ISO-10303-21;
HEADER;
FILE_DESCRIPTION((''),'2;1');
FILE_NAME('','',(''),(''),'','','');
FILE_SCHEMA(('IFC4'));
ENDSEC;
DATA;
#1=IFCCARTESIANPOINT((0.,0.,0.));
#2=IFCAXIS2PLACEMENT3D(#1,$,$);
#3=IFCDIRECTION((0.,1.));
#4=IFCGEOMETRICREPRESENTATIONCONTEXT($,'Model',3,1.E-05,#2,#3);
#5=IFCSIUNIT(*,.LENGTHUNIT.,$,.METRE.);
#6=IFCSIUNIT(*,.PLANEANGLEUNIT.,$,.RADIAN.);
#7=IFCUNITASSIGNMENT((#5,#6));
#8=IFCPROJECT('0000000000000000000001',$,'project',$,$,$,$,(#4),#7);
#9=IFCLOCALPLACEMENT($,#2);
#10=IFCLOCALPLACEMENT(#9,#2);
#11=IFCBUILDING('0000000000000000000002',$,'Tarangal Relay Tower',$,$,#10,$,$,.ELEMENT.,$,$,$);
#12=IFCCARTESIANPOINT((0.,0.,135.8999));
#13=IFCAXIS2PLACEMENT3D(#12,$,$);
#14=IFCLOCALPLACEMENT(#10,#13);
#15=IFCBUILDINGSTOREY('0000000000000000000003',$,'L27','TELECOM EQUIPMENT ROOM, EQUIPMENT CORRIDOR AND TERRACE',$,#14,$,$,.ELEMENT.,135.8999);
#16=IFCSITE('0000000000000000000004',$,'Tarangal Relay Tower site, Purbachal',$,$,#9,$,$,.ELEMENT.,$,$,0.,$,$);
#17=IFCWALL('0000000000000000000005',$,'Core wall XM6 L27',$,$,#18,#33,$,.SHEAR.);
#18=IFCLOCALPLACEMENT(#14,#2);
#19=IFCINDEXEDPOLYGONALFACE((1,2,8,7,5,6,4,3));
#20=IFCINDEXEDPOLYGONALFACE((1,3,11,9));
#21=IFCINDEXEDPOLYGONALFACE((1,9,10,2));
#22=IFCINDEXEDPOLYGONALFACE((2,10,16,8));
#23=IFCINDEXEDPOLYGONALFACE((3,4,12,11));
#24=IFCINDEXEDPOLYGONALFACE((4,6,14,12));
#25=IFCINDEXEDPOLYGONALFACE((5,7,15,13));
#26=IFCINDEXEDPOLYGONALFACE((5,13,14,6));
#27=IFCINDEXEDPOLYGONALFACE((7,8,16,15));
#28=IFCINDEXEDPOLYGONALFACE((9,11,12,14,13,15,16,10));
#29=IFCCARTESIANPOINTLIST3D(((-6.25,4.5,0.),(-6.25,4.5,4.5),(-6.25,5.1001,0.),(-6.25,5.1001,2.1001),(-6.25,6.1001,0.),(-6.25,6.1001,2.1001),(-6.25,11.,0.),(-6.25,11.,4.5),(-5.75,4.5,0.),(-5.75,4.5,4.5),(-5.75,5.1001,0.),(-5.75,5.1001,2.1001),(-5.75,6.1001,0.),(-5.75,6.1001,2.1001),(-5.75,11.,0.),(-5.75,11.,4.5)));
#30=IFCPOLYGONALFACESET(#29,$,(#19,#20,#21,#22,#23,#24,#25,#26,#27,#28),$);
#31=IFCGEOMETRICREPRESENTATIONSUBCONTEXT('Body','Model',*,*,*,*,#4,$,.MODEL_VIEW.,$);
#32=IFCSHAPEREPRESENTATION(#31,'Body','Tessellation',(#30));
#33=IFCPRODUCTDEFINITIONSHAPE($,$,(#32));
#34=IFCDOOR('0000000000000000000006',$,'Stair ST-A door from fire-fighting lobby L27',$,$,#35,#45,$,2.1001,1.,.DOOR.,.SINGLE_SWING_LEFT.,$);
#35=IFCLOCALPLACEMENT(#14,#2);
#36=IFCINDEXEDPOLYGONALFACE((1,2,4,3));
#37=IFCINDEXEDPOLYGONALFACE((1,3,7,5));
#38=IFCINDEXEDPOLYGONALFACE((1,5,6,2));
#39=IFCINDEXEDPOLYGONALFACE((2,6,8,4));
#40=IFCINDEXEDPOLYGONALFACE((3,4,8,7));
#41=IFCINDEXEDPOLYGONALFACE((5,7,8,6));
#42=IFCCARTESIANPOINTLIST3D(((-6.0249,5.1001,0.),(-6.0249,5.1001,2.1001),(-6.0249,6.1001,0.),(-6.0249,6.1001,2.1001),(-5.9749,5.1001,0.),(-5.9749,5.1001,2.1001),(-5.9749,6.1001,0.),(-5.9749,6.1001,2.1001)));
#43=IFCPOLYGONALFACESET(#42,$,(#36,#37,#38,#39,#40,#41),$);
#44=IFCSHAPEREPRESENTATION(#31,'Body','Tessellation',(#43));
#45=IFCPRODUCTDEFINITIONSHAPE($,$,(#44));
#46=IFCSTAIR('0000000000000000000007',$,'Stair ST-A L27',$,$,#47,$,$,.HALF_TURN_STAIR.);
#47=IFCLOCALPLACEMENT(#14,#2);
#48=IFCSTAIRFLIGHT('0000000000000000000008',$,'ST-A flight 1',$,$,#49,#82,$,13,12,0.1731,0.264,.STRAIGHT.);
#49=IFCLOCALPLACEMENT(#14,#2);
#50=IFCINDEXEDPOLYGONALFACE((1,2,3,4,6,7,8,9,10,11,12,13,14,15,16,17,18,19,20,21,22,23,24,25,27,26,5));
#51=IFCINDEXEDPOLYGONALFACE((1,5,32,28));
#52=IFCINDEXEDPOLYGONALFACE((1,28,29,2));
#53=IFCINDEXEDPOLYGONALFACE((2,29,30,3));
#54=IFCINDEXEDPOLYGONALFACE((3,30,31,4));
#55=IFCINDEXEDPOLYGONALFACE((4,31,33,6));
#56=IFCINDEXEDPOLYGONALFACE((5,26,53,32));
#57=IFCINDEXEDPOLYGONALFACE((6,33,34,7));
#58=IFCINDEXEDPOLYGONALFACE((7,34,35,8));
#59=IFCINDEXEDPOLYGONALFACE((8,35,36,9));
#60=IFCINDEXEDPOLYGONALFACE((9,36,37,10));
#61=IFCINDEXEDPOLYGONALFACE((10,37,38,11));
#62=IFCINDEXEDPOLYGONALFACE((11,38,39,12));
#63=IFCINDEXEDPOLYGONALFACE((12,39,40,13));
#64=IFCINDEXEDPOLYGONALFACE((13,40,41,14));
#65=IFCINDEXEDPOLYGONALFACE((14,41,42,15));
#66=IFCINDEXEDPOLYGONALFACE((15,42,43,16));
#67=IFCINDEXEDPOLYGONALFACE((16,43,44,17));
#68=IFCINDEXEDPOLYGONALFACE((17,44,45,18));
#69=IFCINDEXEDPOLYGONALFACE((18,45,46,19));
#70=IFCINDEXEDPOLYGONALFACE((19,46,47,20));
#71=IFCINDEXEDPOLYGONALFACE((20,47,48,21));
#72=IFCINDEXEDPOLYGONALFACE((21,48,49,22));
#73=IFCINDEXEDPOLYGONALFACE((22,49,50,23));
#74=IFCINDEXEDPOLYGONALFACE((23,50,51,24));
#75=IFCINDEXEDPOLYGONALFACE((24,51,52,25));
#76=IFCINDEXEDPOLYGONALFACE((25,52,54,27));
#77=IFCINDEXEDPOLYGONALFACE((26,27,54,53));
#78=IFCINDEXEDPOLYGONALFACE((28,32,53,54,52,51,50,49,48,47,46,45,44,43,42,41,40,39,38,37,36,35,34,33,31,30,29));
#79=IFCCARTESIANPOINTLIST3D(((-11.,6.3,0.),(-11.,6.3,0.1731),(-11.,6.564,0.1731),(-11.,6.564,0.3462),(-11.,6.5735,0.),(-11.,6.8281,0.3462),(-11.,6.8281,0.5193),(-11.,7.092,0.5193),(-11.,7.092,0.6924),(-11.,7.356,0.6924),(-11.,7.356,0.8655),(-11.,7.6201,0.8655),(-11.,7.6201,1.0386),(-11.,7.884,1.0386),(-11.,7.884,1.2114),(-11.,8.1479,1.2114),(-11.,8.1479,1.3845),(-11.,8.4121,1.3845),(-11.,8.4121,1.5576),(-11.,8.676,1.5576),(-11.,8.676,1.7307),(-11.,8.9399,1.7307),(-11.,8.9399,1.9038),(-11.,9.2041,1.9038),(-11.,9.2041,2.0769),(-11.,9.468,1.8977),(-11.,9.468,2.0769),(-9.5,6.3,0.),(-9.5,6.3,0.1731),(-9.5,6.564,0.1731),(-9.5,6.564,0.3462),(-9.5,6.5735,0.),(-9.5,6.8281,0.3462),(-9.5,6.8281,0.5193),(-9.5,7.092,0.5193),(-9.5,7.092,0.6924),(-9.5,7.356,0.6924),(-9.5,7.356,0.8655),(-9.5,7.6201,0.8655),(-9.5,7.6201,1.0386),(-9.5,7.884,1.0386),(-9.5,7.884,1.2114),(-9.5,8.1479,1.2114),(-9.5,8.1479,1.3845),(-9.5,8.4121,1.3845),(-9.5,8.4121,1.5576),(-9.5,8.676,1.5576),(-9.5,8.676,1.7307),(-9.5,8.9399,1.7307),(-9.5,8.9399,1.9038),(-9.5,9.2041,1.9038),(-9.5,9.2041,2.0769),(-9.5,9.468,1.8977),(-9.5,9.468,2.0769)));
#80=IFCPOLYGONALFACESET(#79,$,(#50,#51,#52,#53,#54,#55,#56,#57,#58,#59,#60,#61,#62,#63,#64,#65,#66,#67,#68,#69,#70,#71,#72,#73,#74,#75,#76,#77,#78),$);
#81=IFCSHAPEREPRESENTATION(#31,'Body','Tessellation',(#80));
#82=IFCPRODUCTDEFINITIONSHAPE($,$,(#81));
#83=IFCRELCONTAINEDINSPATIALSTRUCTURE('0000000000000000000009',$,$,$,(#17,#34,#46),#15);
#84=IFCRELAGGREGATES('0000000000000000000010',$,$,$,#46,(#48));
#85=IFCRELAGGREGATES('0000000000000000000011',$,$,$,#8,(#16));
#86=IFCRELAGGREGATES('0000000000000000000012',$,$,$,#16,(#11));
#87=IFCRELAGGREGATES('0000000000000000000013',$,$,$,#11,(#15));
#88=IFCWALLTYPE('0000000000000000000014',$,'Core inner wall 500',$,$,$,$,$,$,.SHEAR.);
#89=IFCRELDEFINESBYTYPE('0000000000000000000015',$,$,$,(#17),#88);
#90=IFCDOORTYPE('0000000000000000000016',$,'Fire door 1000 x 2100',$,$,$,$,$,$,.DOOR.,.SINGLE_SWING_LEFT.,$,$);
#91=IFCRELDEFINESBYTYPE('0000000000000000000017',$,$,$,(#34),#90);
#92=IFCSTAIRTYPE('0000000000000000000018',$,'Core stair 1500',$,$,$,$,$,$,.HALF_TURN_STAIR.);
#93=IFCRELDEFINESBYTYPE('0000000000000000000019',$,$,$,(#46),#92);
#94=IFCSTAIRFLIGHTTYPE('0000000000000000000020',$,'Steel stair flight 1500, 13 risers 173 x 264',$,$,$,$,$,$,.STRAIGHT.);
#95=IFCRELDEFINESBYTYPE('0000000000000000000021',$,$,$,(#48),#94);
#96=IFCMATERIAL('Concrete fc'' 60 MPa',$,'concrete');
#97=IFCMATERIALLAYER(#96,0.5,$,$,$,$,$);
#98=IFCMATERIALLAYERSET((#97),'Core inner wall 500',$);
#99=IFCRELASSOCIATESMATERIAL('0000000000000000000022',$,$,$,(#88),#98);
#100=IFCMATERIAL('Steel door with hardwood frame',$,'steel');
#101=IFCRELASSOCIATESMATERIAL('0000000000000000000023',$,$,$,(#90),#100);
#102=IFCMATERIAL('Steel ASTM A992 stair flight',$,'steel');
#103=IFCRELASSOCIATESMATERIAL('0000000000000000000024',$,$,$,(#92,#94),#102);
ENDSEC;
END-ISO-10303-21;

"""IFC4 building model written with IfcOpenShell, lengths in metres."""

from ifc_helpers import new_model, si_unit, direction, frame, frame_2d, origin, place, context, subcontext, project, spatial, polyline, rectangle, outline, extrude, material, layer, layer_set, type_object, element, fill, aggregate, save


model = new_model("IFC4")

# Units and contexts
model_context = context("Model", 3, precision=1e-05, world=origin(), true_north=direction((0.0, 1.0)))
body_context = subcontext(model_context, "Body", "Model", "MODEL_VIEW")
ifc_project = project(units=[si_unit("LENGTHUNIT", "METRE"), si_unit("PLANEANGLEUNIT", "RADIAN")], contexts=[model_context])

# Site, building, storey
site_placement = place(None, origin())
site = spatial("IfcSite", under=ifc_project, at=site_placement, Name="Tarangal Relay Tower site, Purbachal", CompositionType="ELEMENT", RefElevation=0.0)
building_placement = place(site_placement, origin())
building = spatial("IfcBuilding", under=site, at=building_placement, Name="Tarangal Relay Tower", CompositionType="ELEMENT")
storey_placement = place(building_placement, frame((0.0, 0.0, 135.8999)))
storey = spatial("IfcBuildingStorey", under=building, at=storey_placement, Name="L27", Description="TELECOM EQUIPMENT ROOM, EQUIPMENT CORRIDOR AND TERRACE", CompositionType="ELEMENT", Elevation=135.8999)

# Shared definitions
ifc_material_1 = material(Name="Concrete fc' 60 MPa", Category="concrete")
ifc_layer_1 = layer(ifc_material_1, 0.5)
ifc_layer_set_1 = layer_set([ifc_layer_1], Name="Core inner wall 500")
wall_type = type_object("IfcWallType", Name="Core inner wall 500", PredefinedType="SHEAR", material=ifc_layer_set_1)
ifc_material_2 = material(Name="Steel door with hardwood frame", Category="steel")

# Wall, opening, door
wall_1_placement = place(storey_placement, frame((-6.0, 4.5, 0.0), z_axis=(0.0, 0.0, 1.0), x_axis=(0.0, 1.0, 0.0)))
wall_1 = element("IfcWall", 1, at=wall_1_placement, inside=storey, type_object=wall_type, Name="Core wall XM6 L27", PredefinedType="SHEAR", context=body_context, shape_type="SweptSolid", body=[
    extrude(rectangle(XDim=6.5, YDim=0.5, at=frame_2d((3.25, 0.0))), origin(), (0.0, 0.0, 1.0), 4.5),
])
opening_1_placement = place(wall_1_placement, frame((0.6001, 0.0, 0.0)))
opening_1 = element("IfcOpeningElement", 2, at=opening_1_placement, cuts=wall_1, PredefinedType="OPENING", context=body_context, shape_type="SweptSolid", body=[
    extrude(rectangle(XDim=1.0, YDim=2.1001, at=frame_2d((0.5, 1.05))), frame((0.0, 0.26, 0.0), z_axis=(0.0, -1.0, 0.0), x_axis=(1.0, 0.0, 0.0)), (0.0, 0.0, 1.0), 0.52),
])
door_type_1 = type_object("IfcDoorType", Name="Fire door 1000 x 2100", OperationType="SINGLE_SWING_LEFT", PredefinedType="DOOR", material=ifc_material_2)
door_1_placement = place(opening_1_placement, origin())
door_1 = element("IfcDoor", 3, at=door_1_placement, inside=storey, type_object=door_type_1, Name="Stair ST-A door from fire-fighting lobby L27", OperationType="SINGLE_SWING_LEFT", OverallHeight=2.1001, OverallWidth=1.0, PredefinedType="DOOR", context=body_context, shape_type="SweptSolid", body=[
    extrude(rectangle(XDim=1.0, YDim=2.1001, at=frame_2d((0.5, 1.05))), frame((0.0, 0.0249, 0.0), z_axis=(0.0, -1.0, 0.0), x_axis=(1.0, 0.0, 0.0)), (0.0, 0.0, 1.0), 0.05),
])
fill(opening_1, door_1)

# Stair, stair flight
ifc_material_3 = material(Name="Steel ASTM A992 stair flight", Category="steel")
stair_type = type_object("IfcStairType", Name="Core stair 1500", PredefinedType="HALF_TURN_STAIR", material=ifc_material_3)
stair_placement = place(storey_placement, origin())
stair = element("IfcStair", 4, at=stair_placement, inside=storey, type_object=stair_type, Name="Stair ST-A L27", PredefinedType="HALF_TURN_STAIR")
stair_flight_type = type_object("IfcStairFlightType", Name="Steel stair flight 1500, 13 risers 173 x 264", PredefinedType="STRAIGHT", material=ifc_material_3)
stair_flight_placement = place(storey_placement, frame((-10.25, 6.3, 0.0), z_axis=(0.0, 0.0, 1.0), x_axis=(0.0, 1.0, 0.0)))
stair_flight = element("IfcStairFlight", 5, at=stair_flight_placement, type_object=stair_flight_type, Name="ST-A flight 1", NumberOfRisers=13, NumberOfTreads=12, PredefinedType="STRAIGHT", RiserHeight=0.1731, TreadLength=0.264, context=body_context, shape_type="SweptSolid", body=[
    extrude(outline(polyline([(0.0, 0.0), (0.0, 0.1731), (0.2639, 0.1731), (0.2639, 0.3462), (0.5281, 0.3462), (0.5281, 0.5193), (0.792, 0.5193), (0.792, 0.6924), (1.0559, 0.6924), (1.0559, 0.8655), (1.3201, 0.8655), (1.3201, 1.0386), (1.584, 1.0386), (1.584, 1.2114), (1.8479, 1.2114), (1.8479, 1.3845), (2.1121, 1.3845), (2.1121, 1.5576), (2.376, 1.5576), (2.376, 1.7307), (2.6399, 1.7307), (2.6399, 1.9038), (2.9041, 1.9038), (2.9041, 2.0769), (3.168, 2.0769), (3.168, 2.25), (3.168, 1.8977), (0.2734, 0.0), (0.0, 0.0)])), frame((0.0, 0.75, 0.0), z_axis=(0.0, -1.0, 0.0), x_axis=(1.0, 0.0, 0.0)), (0.0, 0.0, 1.0), 1.5),
])
aggregate(stair, [stair_flight])

save(model, "model.ifc")
